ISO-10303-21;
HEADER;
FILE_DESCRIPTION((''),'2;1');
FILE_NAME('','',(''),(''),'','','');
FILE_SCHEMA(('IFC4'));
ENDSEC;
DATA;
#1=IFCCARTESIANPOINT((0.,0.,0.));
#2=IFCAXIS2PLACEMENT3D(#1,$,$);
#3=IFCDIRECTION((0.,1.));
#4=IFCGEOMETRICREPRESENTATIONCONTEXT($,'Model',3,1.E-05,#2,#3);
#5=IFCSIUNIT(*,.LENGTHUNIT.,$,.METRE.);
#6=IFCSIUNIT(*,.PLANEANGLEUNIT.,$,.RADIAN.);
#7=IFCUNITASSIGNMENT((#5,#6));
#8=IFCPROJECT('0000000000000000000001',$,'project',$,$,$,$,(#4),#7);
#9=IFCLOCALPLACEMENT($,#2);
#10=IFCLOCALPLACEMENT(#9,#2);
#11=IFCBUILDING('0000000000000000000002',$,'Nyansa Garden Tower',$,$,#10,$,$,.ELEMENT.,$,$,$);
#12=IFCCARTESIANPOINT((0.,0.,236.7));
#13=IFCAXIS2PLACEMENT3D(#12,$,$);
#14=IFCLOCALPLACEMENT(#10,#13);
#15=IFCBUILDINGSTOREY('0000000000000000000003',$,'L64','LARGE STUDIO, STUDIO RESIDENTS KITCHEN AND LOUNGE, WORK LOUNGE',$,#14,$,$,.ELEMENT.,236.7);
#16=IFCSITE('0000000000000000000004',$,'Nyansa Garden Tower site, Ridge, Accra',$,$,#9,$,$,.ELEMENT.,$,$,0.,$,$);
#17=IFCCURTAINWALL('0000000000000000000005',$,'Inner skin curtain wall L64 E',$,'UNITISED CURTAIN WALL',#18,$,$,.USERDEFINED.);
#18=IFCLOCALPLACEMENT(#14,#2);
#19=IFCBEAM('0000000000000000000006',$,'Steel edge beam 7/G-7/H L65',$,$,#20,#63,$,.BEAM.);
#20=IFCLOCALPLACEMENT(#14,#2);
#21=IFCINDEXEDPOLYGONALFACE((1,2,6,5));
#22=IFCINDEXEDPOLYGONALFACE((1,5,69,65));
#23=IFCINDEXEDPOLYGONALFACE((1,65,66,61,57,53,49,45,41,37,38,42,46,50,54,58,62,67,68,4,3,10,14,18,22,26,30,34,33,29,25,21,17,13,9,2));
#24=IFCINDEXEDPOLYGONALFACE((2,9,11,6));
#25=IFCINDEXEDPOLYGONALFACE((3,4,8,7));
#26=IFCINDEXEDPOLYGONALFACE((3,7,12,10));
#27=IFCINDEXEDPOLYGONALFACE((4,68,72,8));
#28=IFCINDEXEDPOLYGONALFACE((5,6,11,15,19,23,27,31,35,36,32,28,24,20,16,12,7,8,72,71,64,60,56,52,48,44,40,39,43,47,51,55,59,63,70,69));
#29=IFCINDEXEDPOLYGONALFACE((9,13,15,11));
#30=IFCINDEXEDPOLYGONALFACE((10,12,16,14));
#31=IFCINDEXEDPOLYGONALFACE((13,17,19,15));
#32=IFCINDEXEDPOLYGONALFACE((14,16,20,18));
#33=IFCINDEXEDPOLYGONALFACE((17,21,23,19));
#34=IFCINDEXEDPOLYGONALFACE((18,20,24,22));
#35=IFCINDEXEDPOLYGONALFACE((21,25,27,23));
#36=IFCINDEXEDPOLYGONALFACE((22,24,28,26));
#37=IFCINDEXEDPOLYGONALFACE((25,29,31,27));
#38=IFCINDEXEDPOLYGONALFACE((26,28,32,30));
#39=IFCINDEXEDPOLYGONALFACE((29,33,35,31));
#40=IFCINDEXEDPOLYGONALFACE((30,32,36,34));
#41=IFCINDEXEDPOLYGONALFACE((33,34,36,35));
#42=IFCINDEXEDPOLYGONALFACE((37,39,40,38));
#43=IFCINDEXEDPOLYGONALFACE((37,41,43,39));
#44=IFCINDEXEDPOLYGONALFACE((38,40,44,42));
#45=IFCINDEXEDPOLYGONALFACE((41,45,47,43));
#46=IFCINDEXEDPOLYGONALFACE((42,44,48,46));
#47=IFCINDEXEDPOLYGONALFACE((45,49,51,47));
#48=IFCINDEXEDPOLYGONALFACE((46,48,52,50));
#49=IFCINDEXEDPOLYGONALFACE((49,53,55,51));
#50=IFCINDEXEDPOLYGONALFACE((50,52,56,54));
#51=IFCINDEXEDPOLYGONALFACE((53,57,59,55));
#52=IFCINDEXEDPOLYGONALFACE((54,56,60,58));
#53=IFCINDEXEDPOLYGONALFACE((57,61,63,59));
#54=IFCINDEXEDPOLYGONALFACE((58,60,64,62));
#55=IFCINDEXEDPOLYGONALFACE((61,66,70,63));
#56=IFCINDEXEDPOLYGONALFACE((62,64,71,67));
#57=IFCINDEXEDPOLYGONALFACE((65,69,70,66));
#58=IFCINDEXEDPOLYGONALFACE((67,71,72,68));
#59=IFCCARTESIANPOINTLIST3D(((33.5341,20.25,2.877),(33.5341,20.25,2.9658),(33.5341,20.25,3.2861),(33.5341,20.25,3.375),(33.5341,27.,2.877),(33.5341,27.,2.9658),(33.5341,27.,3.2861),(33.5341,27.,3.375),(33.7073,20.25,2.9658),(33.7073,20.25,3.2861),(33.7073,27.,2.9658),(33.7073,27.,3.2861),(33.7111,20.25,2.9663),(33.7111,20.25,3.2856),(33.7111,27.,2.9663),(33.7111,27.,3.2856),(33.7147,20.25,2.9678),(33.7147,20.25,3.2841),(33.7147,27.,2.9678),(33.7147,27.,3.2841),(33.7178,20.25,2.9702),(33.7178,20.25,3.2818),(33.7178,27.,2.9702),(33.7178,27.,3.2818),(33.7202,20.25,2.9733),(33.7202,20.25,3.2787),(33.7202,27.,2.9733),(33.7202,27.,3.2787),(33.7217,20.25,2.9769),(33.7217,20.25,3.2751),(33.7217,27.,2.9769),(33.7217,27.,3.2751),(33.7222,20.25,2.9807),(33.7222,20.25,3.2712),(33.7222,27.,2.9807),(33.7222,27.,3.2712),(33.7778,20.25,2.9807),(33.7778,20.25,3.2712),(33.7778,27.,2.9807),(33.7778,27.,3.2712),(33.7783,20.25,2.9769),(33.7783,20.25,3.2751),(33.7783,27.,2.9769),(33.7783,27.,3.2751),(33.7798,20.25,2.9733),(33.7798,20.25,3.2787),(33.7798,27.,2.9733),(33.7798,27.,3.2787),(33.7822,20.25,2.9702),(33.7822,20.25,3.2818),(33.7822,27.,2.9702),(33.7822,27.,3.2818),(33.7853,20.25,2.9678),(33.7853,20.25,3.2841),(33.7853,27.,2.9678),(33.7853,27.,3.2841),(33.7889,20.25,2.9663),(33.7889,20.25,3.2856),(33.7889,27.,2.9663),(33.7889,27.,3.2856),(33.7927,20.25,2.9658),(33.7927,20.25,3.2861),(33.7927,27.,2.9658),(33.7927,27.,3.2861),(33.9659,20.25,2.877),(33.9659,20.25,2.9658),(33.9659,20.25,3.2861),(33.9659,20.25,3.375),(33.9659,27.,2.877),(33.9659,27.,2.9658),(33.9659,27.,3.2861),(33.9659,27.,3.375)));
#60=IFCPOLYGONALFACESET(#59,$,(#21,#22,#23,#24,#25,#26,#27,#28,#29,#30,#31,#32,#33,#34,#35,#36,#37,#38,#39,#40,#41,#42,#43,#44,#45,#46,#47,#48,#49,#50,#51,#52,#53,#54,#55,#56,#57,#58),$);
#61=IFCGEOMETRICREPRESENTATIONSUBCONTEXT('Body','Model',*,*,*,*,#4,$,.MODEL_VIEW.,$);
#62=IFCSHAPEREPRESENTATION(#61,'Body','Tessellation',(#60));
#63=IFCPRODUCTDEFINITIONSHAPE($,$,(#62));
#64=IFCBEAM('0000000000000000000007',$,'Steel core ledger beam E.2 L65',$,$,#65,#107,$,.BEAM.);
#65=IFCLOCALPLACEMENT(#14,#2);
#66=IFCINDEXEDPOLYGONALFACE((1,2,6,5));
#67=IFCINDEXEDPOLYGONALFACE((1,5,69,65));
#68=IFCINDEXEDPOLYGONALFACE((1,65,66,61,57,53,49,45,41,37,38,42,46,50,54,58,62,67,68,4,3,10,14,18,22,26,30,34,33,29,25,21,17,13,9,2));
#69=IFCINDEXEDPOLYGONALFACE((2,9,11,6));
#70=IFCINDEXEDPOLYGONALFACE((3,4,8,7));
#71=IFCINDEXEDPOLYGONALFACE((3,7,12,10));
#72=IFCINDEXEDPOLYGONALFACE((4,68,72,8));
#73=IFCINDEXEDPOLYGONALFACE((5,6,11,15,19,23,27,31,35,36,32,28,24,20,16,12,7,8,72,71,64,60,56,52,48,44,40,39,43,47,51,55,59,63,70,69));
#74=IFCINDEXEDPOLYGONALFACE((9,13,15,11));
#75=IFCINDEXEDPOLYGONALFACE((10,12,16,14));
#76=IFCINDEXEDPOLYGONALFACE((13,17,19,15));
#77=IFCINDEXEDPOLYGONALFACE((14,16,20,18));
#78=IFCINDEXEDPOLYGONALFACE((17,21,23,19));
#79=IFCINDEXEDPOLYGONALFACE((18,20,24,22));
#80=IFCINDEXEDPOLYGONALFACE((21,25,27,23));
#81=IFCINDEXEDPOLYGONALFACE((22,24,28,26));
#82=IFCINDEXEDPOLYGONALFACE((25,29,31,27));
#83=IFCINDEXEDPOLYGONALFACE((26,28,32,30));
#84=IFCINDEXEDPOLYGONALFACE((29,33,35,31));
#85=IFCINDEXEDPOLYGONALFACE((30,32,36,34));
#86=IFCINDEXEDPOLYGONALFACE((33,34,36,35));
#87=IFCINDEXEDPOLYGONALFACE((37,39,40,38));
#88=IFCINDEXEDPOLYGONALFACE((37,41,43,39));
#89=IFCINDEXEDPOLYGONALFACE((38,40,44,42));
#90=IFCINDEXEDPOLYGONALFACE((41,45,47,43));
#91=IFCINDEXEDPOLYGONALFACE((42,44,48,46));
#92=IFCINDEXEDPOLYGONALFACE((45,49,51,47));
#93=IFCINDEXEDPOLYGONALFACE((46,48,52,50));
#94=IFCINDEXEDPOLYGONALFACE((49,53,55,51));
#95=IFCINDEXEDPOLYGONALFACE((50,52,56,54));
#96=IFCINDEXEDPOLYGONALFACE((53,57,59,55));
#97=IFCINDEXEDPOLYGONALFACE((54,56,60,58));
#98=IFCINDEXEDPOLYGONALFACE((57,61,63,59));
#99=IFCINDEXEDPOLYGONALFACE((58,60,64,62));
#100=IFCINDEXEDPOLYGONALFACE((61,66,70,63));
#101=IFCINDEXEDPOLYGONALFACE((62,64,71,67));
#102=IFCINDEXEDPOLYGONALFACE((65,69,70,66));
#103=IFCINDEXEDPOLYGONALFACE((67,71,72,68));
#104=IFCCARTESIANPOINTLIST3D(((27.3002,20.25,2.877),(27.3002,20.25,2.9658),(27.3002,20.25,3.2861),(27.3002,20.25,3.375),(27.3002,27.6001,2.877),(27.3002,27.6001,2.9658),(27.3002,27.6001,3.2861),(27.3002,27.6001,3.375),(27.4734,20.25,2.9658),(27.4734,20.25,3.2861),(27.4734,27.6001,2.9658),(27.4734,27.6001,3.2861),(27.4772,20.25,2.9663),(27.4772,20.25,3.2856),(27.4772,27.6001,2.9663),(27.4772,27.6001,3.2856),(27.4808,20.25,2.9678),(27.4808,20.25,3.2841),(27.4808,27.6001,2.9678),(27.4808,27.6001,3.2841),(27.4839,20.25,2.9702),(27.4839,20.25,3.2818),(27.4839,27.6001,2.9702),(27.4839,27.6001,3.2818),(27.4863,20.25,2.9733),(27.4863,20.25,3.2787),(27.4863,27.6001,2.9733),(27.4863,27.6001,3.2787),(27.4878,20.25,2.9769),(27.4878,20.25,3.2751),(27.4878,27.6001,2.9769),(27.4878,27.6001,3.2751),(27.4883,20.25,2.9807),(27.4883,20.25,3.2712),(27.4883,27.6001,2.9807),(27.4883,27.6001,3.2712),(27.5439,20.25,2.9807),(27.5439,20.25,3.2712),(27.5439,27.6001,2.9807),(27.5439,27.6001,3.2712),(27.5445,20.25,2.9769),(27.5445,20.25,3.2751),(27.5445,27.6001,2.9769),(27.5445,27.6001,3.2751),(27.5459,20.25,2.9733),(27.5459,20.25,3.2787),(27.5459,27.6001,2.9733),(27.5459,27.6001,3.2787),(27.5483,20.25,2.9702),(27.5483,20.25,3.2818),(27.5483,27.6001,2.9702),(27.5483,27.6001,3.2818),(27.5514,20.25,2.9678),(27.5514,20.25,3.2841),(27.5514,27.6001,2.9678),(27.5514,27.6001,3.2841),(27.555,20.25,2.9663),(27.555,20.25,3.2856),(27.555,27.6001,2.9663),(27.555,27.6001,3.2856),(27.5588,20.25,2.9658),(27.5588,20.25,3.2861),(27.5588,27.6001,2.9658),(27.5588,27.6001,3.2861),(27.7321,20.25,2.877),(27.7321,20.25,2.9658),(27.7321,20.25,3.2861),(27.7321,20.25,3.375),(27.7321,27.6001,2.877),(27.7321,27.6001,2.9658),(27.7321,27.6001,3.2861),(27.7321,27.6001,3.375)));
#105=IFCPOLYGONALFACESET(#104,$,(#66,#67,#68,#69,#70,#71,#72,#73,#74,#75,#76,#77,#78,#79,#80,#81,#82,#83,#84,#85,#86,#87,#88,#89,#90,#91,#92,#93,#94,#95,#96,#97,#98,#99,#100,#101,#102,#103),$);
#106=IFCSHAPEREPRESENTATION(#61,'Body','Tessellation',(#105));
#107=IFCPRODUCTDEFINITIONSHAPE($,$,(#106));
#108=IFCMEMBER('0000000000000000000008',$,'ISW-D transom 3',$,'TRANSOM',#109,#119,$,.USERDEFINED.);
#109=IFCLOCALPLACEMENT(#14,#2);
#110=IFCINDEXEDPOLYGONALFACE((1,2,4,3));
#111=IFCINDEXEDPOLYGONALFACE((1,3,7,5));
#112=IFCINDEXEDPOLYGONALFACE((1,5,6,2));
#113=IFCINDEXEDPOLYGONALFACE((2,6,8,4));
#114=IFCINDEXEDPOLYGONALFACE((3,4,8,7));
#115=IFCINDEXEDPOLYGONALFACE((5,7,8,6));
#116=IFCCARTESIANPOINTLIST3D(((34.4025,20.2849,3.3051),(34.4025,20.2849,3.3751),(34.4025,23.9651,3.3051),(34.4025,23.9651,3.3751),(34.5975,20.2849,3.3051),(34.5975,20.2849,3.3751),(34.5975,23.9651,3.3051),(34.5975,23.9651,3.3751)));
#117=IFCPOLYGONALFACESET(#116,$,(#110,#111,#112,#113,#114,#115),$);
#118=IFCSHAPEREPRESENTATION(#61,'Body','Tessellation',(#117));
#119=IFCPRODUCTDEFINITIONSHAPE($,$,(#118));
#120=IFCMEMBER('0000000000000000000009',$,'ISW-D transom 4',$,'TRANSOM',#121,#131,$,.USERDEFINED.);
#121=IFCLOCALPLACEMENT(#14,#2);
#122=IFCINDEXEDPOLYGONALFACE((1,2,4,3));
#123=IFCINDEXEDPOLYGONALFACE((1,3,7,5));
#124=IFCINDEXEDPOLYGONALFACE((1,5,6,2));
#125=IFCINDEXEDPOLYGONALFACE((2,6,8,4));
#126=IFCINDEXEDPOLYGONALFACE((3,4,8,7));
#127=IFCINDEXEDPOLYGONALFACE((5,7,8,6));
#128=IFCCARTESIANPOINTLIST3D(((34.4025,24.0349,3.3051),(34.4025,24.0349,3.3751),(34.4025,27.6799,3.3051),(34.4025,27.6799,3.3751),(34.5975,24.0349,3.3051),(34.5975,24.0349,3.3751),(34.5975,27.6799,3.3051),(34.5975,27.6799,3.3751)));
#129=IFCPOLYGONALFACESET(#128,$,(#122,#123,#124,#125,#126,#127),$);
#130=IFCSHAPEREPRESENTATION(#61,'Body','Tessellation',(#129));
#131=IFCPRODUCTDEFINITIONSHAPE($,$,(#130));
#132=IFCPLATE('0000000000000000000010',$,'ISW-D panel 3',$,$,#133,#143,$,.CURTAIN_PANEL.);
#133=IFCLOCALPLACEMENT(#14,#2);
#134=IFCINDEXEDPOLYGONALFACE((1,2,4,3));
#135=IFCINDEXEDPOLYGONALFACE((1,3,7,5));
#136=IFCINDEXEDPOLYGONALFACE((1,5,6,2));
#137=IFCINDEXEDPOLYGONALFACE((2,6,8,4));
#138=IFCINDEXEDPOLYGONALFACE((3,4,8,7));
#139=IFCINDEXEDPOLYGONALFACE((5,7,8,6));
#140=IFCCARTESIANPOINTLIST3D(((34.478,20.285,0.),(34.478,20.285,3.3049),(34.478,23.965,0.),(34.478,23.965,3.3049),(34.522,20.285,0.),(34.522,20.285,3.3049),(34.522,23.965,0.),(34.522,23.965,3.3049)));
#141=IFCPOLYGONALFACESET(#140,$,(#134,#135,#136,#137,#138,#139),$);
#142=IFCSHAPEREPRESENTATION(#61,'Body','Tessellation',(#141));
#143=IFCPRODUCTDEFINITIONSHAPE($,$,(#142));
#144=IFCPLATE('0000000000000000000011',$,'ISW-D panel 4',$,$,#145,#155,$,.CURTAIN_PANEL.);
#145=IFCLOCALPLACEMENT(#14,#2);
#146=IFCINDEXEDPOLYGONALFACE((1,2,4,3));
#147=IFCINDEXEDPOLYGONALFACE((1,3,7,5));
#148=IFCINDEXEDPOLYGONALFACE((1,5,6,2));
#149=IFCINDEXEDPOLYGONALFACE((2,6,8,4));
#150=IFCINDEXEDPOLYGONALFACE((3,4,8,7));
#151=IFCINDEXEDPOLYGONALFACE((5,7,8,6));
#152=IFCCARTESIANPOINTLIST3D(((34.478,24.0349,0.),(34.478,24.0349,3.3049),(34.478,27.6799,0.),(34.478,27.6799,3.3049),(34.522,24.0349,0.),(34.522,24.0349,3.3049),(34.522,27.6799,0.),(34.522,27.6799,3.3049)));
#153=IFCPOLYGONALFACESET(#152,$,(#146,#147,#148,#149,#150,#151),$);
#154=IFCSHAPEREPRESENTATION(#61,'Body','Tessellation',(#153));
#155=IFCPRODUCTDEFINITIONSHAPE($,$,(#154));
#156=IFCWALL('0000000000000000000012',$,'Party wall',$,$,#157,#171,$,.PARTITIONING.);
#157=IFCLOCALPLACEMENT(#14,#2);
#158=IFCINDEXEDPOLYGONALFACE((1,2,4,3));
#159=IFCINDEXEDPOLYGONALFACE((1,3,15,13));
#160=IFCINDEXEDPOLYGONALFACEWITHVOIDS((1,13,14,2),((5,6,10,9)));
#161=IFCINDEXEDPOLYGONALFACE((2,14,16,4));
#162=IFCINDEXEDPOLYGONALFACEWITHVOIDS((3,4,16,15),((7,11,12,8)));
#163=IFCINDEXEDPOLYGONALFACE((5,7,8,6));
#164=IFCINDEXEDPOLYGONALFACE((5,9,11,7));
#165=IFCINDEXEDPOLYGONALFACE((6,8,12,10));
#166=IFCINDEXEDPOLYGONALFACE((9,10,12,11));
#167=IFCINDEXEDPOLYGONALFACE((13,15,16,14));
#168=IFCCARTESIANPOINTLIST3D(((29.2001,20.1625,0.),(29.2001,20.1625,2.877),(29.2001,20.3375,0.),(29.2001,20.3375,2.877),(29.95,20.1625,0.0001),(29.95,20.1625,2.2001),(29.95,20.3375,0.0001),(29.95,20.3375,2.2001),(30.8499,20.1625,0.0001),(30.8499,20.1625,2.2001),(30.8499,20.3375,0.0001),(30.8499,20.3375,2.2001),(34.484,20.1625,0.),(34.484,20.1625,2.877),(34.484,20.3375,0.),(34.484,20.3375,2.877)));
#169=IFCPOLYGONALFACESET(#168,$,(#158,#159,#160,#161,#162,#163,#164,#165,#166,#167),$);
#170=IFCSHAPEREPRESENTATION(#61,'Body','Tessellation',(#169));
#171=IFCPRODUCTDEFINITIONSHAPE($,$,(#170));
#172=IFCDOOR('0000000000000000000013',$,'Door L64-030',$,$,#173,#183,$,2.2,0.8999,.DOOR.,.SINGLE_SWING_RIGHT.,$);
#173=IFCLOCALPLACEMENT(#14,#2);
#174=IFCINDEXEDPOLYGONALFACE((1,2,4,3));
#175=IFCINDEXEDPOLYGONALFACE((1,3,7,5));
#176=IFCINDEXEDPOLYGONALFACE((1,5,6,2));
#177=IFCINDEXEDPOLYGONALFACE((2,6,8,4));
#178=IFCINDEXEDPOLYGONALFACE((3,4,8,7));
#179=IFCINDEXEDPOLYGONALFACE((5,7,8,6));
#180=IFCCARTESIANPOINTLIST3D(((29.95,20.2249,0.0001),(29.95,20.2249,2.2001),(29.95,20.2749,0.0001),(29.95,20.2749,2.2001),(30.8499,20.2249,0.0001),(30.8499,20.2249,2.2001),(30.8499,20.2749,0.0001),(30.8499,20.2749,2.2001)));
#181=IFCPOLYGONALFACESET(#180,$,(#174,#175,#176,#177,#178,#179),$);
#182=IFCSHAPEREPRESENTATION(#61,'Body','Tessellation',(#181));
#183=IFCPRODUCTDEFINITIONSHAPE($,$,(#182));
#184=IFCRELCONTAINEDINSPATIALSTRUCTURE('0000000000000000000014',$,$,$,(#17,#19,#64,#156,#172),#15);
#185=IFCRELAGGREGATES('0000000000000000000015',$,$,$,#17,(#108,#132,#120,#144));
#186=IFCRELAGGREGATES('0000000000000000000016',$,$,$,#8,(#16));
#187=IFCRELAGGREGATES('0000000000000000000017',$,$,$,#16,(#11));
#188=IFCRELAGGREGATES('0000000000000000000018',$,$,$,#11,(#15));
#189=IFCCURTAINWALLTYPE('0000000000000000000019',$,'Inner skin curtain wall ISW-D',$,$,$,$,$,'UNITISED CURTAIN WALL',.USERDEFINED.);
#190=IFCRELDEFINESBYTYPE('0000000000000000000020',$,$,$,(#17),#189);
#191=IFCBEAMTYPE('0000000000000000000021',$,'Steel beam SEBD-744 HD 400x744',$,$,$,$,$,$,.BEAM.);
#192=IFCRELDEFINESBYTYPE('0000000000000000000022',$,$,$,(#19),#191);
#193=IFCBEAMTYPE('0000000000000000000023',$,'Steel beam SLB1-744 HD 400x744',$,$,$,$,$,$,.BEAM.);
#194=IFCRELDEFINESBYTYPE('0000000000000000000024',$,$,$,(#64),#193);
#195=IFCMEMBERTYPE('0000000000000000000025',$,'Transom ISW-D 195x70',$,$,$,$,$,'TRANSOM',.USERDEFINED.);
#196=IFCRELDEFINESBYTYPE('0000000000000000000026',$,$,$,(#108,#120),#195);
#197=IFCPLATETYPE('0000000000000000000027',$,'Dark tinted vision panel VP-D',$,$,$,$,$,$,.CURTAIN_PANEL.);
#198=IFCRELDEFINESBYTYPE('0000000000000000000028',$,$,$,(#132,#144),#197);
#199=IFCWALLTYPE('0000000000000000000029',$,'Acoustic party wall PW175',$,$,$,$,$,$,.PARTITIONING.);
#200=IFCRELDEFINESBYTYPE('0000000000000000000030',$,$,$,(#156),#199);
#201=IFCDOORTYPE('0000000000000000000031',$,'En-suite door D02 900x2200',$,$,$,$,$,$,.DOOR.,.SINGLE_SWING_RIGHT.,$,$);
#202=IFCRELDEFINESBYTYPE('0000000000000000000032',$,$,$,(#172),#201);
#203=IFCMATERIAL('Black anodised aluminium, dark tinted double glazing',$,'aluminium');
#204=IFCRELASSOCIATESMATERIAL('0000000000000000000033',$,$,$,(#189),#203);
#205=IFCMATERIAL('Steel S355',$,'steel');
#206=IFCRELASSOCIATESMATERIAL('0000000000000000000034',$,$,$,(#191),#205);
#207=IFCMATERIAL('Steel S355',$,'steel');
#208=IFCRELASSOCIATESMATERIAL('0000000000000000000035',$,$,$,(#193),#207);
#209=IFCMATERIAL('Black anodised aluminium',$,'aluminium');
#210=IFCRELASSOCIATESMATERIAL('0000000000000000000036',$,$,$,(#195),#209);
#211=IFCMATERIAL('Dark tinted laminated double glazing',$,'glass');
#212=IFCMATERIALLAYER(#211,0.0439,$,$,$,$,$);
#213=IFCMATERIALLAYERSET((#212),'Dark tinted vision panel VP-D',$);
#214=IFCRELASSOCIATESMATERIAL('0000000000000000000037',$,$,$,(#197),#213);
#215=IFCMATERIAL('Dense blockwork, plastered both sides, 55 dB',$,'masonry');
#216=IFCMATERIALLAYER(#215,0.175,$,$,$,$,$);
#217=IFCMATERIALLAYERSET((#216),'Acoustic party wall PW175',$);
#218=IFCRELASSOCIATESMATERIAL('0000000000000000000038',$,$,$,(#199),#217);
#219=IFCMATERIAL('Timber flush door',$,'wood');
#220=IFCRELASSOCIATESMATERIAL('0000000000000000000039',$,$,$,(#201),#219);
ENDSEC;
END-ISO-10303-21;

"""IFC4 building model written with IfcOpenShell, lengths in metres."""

from ifc_helpers import new_model, si_unit, direction, frame, frame_2d, origin, origin_2d, place, context, subcontext, project, spatial, rectangle, i_section, extrude, material, layer, layer_set, material_profile, profile_set, type_object, element, fill, aggregate, save


model = new_model("IFC4")

# Units and contexts
model_context = context("Model", 3, precision=1e-05, world=origin(), true_north=direction((0.0, 1.0)))
body_context = subcontext(model_context, "Body", "Model", "MODEL_VIEW")
ifc_project = project(units=[si_unit("LENGTHUNIT", "METRE"), si_unit("PLANEANGLEUNIT", "RADIAN")], contexts=[model_context])

# Site, building, storey
site_placement = place(None, origin())
site = spatial("IfcSite", under=ifc_project, at=site_placement, Name="Nyansa Garden Tower site, Ridge, Accra", CompositionType="ELEMENT", RefElevation=0.0)
building_placement = place(site_placement, origin())
building = spatial("IfcBuilding", under=site, at=building_placement, Name="Nyansa Garden Tower", CompositionType="ELEMENT")
storey_placement = place(building_placement, frame((0.0, 0.0, 236.7)))
storey = spatial("IfcBuildingStorey", under=building, at=storey_placement, Name="L64", Description="LARGE STUDIO, STUDIO RESIDENTS KITCHEN AND LOUNGE, WORK LOUNGE", CompositionType="ELEMENT", Elevation=236.7)

# Curtain wall
ifc_material_1 = material(Name="Black anodised aluminium, dark tinted double glazing", Category="aluminium")
curtain_wall_type = type_object("IfcCurtainWallType", Name="Inner skin curtain wall ISW-D", ElementType="UNITISED CURTAIN WALL", PredefinedType="USERDEFINED", material=ifc_material_1)
curtain_wall_placement = place(storey_placement, origin())
curtain_wall = element("IfcCurtainWall", 1, at=curtain_wall_placement, inside=storey, type_object=curtain_wall_type, Name="Inner skin curtain wall L64 E", ObjectType="UNITISED CURTAIN WALL", PredefinedType="USERDEFINED")

# Beams
ifc_material_2 = material(Name="Steel S355", Category="steel")
ifc_material_profile_1 = material_profile(ifc_material_2, i_section(OverallWidth=0.4319, OverallDepth=0.498, WebThickness=0.0557, FlangeThickness=0.0889, FilletRadius=0.0149, at=origin_2d()), Name="HD 400x744")
ifc_profile_set_1 = profile_set([ifc_material_profile_1], Name="Steel S355")
beam_type_1 = type_object("IfcBeamType", Name="Steel beam SEBD-744 HD 400x744", PredefinedType="BEAM", material=ifc_profile_set_1)
beam_1_placement = place(storey_placement, frame((33.75, 20.25, 3.126), z_axis=(0.0, 1.0, 0.0), x_axis=(-1.0, 0.0, 0.0)))
element("IfcBeam", 2, at=beam_1_placement, inside=storey, type_object=beam_type_1, Name="Steel edge beam 7/G-7/H L65", PredefinedType="BEAM", context=body_context, shape_type="SweptSolid", body=[
    extrude(i_section(OverallWidth=0.4319, OverallDepth=0.498, WebThickness=0.0557, FlangeThickness=0.0889, FilletRadius=0.0149, at=origin_2d()), origin(), (0.0, 0.0, 1.0), 6.75),
])
ifc_material_3 = material(Name="Steel S355", Category="steel")
ifc_material_profile_2 = material_profile(ifc_material_3, i_section(OverallWidth=0.4319, OverallDepth=0.498, WebThickness=0.0557, FlangeThickness=0.0889, FilletRadius=0.0149, at=origin_2d()), Name="HD 400x744")
ifc_profile_set_2 = profile_set([ifc_material_profile_2], Name="Steel S355")
beam_type_2 = type_object("IfcBeamType", Name="Steel beam SLB1-744 HD 400x744", PredefinedType="BEAM", material=ifc_profile_set_2)
beam_2_placement = place(storey_placement, frame((27.5161, 20.25, 3.126), z_axis=(0.0, 1.0, 0.0), x_axis=(-1.0, 0.0, 0.0)))
element("IfcBeam", 3, at=beam_2_placement, inside=storey, type_object=beam_type_2, Name="Steel core ledger beam E.2 L65", PredefinedType="BEAM", context=body_context, shape_type="SweptSolid", body=[
    extrude(i_section(OverallWidth=0.4319, OverallDepth=0.498, WebThickness=0.0557, FlangeThickness=0.0889, FilletRadius=0.0149, at=origin_2d()), origin(), (0.0, 0.0, 1.0), 7.3501),
])

# Members
ifc_material_4 = material(Name="Black anodised aluminium", Category="aluminium")
ifc_material_profile_3 = material_profile(ifc_material_4, rectangle(XDim=0.1951, YDim=0.0701, at=origin_2d()), Name="Transom 195x70")
ifc_profile_set_3 = profile_set([ifc_material_profile_3], Name="Black anodised aluminium")
member_type_1 = type_object("IfcMemberType", Name="Transom ISW-D 195x70", ElementType="TRANSOM", PredefinedType="USERDEFINED", material=ifc_profile_set_3)
member_1_placement = place(storey_placement, frame((34.5, 20.2849, 3.3401), z_axis=(0.0, 1.0, 0.0), x_axis=(-1.0, 0.0, 0.0)))
member_1 = element("IfcMember", 4, at=member_1_placement, type_object=member_type_1, Name="ISW-D transom 3", ObjectType="TRANSOM", PredefinedType="USERDEFINED", context=body_context, shape_type="SweptSolid", body=[
    extrude(rectangle(XDim=0.1951, YDim=0.0701, at=origin_2d()), origin(), (0.0, 0.0, 1.0), 3.6802),
])
member_2_placement = place(storey_placement, frame((34.5, 24.0349, 3.3401), z_axis=(0.0, 1.0, 0.0), x_axis=(-1.0, 0.0, 0.0)))
member_2 = element("IfcMember", 5, at=member_2_placement, type_object=member_type_1, Name="ISW-D transom 4", ObjectType="TRANSOM", PredefinedType="USERDEFINED", context=body_context, shape_type="SweptSolid", body=[
    extrude(rectangle(XDim=0.1951, YDim=0.0701, at=origin_2d()), origin(), (0.0, 0.0, 1.0), 3.645),
])

# Plates
ifc_material_5 = material(Name="Dark tinted laminated double glazing", Category="glass")
ifc_layer_1 = layer(ifc_material_5, 0.0439)
ifc_layer_set_1 = layer_set([ifc_layer_1], Name="Dark tinted vision panel VP-D")
plate_type = type_object("IfcPlateType", Name="Dark tinted vision panel VP-D", PredefinedType="CURTAIN_PANEL", material=ifc_layer_set_1)
plate_1_placement = place(storey_placement, frame((34.5, 22.125, 0.0), z_axis=(0.0, 0.0, 1.0), x_axis=(0.0, 1.0, 0.0)))
plate_1 = element("IfcPlate", 6, at=plate_1_placement, type_object=plate_type, Name="ISW-D panel 3", PredefinedType="CURTAIN_PANEL", context=body_context, shape_type="SweptSolid", body=[
    extrude(rectangle(XDim=3.6799, YDim=0.0439, at=origin_2d()), origin(), (0.0, 0.0, 1.0), 3.3049),
])
plate_2_placement = place(storey_placement, frame((34.5, 25.8574, 0.0), z_axis=(0.0, 0.0, 1.0), x_axis=(0.0, 1.0, 0.0)))
plate_2 = element("IfcPlate", 7, at=plate_2_placement, type_object=plate_type, Name="ISW-D panel 4", PredefinedType="CURTAIN_PANEL", context=body_context, shape_type="SweptSolid", body=[
    extrude(rectangle(XDim=3.645, YDim=0.0439, at=origin_2d()), origin(), (0.0, 0.0, 1.0), 3.3049),
])
aggregate(curtain_wall, [member_1, plate_1, member_2, plate_2])

# Wall, opening, door
ifc_material_6 = material(Name="Dense blockwork, plastered both sides, 55 dB", Category="masonry")
ifc_layer_2 = layer(ifc_material_6, 0.175)
ifc_layer_set_2 = layer_set([ifc_layer_2], Name="Acoustic party wall PW175")
wall_type_1 = type_object("IfcWallType", Name="Acoustic party wall PW175", PredefinedType="PARTITIONING", material=ifc_layer_set_2)
wall_1_placement = place(storey_placement, frame((29.2, 20.25, 0.0), z_axis=(0.0, 0.0, 1.0), x_axis=(1.0, 0.0, 0.0)))
wall_1 = element("IfcWall", 8, at=wall_1_placement, inside=storey, type_object=wall_type_1, Name="Party wall", PredefinedType="PARTITIONING", context=body_context, shape_type="SweptSolid", body=[
    extrude(rectangle(XDim=5.2839, YDim=0.175, at=frame_2d((2.6421, 0.0))), origin(), (0.0, 0.0, 1.0), 2.877),
])
opening_1_placement = place(wall_1_placement, frame((0.75, 0.0, 0.0)))
opening_1 = element("IfcOpeningElement", 9, at=opening_1_placement, cuts=wall_1, PredefinedType="OPENING", context=body_context, shape_type="SweptSolid", body=[
    extrude(rectangle(XDim=0.8999, YDim=2.2, at=frame_2d((0.45, 1.1001))), frame((0.0, 0.0974, 0.0), z_axis=(0.0, -1.0, 0.0), x_axis=(1.0, 0.0, 0.0)), (0.0, 0.0, 1.0), 0.1951),
])
ifc_material_7 = material(Name="Timber flush door", Category="wood")
door_type_1 = type_object("IfcDoorType", Name="En-suite door D02 900x2200", OperationType="SINGLE_SWING_RIGHT", PredefinedType="DOOR", material=ifc_material_7)
door_1_placement = place(opening_1_placement, origin())
door_1 = element("IfcDoor", 10, at=door_1_placement, inside=storey, type_object=door_type_1, Name="Door L64-030", OperationType="SINGLE_SWING_RIGHT", OverallHeight=2.2, OverallWidth=0.8999, PredefinedType="DOOR", context=body_context, shape_type="SweptSolid", body=[
    extrude(rectangle(XDim=0.8999, YDim=2.2, at=frame_2d((0.45, 1.1001))), frame((0.0, 0.0249, 0.0), z_axis=(0.0, -1.0, 0.0), x_axis=(1.0, 0.0, 0.0)), (0.0, 0.0, 1.0), 0.05),
])
fill(opening_1, door_1)

save(model, "model.ifc")
